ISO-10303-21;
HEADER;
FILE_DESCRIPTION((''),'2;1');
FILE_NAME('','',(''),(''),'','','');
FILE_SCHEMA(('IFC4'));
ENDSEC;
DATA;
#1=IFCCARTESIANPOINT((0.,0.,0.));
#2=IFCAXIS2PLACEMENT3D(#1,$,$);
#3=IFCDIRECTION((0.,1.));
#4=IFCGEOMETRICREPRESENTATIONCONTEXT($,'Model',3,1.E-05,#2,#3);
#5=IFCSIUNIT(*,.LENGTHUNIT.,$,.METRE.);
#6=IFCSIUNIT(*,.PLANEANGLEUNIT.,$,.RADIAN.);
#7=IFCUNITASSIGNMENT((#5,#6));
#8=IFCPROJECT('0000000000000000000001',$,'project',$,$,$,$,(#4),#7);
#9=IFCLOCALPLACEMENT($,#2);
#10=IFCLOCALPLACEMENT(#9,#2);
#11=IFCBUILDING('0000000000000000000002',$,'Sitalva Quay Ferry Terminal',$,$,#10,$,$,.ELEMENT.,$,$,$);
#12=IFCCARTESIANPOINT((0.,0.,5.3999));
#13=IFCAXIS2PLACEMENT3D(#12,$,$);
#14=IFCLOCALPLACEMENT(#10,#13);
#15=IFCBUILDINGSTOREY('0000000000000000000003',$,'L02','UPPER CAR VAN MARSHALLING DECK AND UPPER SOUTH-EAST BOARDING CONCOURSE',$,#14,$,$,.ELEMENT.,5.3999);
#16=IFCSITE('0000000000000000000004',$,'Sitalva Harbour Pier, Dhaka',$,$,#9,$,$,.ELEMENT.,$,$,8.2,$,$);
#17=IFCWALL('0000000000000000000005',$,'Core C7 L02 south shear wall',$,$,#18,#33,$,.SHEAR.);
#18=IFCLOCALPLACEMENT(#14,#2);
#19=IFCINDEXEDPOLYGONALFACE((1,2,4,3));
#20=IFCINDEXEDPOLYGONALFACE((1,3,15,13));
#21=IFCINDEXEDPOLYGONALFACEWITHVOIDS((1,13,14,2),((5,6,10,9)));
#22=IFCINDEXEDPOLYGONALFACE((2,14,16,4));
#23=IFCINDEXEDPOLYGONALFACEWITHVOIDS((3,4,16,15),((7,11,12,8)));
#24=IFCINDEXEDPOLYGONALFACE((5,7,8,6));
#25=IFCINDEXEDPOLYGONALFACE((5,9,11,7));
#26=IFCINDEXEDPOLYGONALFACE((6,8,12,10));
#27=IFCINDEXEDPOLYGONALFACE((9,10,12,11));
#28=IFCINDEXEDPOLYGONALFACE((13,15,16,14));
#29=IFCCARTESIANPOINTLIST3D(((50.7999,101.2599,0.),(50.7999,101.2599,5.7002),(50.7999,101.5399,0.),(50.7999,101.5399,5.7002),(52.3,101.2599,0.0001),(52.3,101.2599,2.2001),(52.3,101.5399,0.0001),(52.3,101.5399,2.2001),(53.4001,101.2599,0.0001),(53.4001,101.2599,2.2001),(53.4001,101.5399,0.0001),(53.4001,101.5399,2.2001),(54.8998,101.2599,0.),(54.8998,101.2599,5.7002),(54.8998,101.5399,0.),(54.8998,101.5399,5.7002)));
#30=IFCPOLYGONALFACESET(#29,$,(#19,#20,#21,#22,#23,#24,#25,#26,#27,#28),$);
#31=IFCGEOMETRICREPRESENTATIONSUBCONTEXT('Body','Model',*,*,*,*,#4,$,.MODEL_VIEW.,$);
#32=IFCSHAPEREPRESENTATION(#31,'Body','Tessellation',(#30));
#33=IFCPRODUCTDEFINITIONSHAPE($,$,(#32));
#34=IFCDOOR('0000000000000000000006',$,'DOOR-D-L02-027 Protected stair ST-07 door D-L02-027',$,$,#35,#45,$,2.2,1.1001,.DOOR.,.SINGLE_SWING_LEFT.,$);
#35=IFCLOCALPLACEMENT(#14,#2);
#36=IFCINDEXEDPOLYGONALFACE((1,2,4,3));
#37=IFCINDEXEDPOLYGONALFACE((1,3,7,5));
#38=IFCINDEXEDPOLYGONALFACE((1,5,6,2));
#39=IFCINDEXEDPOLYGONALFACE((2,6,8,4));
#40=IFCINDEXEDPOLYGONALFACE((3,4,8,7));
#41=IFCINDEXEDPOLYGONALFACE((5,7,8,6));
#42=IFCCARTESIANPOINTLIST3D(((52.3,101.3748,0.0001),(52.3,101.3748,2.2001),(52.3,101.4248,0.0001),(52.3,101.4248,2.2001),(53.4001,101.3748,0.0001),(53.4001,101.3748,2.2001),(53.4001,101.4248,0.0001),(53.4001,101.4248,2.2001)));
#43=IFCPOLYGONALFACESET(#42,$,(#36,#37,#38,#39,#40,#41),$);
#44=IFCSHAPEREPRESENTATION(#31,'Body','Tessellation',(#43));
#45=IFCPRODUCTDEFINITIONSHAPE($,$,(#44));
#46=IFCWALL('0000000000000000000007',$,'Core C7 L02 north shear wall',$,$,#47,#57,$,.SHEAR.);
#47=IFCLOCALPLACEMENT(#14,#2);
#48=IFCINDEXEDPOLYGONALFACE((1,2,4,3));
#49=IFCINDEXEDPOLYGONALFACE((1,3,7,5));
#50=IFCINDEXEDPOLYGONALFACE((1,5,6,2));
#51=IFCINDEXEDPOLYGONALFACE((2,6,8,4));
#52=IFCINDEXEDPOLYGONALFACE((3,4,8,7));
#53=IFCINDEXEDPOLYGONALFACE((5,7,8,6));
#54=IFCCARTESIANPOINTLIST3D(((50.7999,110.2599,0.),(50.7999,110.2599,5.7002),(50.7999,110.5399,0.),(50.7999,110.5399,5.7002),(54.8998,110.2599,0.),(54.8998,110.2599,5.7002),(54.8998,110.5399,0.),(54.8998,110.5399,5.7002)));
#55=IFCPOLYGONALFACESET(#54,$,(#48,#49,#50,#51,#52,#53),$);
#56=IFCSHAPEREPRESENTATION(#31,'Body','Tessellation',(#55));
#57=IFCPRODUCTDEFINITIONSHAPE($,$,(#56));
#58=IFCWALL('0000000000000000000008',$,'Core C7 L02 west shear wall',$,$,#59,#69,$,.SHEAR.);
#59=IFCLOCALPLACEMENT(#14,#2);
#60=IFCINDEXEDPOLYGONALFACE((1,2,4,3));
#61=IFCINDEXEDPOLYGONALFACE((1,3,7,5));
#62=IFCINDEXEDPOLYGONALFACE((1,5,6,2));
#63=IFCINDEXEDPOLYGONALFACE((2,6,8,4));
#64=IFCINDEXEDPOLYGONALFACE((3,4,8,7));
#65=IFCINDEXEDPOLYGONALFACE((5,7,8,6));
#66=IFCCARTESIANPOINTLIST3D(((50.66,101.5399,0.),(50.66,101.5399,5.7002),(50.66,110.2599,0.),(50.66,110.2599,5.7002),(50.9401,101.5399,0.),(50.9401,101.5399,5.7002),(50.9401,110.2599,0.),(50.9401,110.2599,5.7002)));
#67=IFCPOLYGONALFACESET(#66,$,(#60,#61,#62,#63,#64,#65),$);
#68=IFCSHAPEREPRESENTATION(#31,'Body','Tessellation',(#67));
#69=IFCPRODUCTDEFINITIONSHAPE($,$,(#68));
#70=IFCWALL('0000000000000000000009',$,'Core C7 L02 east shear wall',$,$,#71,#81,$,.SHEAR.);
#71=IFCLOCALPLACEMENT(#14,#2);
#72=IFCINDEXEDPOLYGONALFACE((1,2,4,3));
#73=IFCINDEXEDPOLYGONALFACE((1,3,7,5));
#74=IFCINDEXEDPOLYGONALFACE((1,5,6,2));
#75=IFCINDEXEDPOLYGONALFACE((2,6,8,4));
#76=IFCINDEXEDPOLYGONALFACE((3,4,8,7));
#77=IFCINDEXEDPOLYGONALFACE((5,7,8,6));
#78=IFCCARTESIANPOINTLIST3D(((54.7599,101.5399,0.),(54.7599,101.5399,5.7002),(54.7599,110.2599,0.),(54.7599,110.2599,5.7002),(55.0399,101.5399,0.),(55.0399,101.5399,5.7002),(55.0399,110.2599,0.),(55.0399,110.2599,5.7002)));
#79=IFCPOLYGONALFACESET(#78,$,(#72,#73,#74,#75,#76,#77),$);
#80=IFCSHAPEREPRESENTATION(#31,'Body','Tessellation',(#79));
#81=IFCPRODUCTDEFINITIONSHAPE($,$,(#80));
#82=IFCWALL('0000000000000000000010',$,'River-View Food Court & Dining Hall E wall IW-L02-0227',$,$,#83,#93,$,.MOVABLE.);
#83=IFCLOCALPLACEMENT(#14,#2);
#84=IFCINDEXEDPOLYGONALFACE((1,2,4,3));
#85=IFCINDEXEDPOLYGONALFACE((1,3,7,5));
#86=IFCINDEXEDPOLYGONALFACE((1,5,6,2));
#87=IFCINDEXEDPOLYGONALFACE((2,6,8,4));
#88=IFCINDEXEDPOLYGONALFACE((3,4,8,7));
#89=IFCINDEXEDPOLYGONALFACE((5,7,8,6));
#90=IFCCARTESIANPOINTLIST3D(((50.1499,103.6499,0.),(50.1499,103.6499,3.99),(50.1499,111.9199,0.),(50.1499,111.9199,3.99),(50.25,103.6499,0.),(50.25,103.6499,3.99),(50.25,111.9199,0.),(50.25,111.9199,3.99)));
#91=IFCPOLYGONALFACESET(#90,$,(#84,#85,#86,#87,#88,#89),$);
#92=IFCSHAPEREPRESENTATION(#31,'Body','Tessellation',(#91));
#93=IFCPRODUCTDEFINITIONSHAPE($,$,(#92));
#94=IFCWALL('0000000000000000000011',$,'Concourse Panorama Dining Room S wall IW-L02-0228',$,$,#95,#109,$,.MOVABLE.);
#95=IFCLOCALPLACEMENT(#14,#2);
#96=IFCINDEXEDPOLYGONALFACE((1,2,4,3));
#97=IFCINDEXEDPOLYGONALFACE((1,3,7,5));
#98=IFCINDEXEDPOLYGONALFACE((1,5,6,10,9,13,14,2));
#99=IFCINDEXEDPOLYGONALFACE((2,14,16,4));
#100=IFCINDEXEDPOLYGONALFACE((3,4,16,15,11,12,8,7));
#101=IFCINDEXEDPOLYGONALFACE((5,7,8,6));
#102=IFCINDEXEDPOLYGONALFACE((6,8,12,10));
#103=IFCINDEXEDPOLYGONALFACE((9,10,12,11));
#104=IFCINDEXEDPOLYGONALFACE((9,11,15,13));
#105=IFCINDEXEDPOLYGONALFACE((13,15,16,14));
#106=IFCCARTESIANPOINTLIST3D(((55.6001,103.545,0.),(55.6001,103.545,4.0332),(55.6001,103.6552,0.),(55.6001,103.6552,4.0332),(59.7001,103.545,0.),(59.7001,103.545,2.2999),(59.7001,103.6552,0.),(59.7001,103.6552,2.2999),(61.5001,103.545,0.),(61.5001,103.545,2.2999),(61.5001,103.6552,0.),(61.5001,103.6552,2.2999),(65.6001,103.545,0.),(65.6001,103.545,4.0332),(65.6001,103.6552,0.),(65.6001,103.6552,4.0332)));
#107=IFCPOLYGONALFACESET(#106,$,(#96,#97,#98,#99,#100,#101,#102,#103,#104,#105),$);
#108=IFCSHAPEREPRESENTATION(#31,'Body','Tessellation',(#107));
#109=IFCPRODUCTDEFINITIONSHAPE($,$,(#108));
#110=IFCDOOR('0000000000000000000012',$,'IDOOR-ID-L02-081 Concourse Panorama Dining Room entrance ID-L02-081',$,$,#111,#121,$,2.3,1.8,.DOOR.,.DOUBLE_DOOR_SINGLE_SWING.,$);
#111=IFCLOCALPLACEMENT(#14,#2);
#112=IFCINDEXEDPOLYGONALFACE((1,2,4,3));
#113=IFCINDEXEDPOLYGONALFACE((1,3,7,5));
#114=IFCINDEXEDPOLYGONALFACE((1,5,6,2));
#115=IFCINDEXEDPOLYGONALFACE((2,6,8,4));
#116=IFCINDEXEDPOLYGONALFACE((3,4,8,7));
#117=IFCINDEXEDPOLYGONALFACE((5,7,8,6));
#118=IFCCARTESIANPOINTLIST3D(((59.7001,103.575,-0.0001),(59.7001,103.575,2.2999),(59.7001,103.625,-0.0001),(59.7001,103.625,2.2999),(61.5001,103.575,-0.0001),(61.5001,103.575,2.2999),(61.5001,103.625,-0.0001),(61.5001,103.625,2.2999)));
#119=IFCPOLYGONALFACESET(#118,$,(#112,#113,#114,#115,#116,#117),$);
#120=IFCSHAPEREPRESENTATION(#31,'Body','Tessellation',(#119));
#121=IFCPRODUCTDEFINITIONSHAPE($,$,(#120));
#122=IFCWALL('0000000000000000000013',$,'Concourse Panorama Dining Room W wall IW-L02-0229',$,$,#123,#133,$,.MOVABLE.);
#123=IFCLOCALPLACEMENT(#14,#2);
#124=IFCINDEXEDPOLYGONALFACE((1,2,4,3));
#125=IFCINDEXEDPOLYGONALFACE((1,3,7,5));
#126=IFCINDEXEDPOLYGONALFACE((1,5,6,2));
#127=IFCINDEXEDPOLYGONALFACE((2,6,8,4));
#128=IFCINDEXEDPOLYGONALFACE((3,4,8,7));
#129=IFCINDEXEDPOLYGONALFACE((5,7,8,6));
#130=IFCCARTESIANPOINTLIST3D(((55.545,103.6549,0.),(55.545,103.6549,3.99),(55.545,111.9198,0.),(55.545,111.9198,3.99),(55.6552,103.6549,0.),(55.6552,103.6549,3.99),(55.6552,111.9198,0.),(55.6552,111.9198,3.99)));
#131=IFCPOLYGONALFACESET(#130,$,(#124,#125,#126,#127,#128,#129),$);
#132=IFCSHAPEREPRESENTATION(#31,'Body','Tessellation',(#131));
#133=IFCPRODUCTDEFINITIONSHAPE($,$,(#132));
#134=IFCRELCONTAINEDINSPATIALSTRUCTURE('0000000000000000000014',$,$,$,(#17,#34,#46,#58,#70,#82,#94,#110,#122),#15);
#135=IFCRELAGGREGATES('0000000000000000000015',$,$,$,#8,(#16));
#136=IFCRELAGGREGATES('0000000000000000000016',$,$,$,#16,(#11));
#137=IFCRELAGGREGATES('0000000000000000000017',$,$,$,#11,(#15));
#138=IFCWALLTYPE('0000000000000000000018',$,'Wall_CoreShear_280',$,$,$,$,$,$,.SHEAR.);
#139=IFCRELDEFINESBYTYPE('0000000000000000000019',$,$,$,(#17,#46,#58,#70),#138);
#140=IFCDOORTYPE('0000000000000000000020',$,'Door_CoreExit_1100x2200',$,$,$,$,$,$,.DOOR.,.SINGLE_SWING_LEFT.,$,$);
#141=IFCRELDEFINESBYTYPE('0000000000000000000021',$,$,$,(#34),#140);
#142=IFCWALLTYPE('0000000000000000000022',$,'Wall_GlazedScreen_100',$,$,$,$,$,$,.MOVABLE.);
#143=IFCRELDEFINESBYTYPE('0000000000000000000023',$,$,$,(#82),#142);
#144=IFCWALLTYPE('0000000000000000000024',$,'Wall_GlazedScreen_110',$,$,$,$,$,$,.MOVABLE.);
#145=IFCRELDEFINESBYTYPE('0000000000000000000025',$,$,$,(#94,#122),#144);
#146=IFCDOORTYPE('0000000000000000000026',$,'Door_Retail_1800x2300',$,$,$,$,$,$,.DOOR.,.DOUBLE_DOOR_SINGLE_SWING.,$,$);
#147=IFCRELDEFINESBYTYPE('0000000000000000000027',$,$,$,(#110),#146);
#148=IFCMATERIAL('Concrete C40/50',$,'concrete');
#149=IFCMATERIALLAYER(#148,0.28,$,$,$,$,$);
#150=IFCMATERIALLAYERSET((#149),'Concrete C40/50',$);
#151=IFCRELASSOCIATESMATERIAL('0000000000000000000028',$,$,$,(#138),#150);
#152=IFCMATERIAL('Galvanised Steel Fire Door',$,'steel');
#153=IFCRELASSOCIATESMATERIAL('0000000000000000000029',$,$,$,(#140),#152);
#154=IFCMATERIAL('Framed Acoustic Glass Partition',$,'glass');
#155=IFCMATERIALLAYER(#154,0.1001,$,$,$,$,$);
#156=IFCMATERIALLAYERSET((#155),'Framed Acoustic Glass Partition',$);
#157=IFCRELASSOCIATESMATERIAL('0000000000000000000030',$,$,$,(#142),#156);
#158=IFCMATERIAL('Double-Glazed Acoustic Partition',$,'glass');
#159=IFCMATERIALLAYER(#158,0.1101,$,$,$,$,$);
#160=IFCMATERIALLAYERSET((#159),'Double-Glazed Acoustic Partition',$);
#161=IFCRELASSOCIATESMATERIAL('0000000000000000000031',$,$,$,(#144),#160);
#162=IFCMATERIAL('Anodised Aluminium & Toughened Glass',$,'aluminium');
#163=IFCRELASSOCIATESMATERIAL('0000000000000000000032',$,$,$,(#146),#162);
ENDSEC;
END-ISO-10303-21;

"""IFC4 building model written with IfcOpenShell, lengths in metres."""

from ifc_helpers import new_model, si_unit, direction, frame, frame_2d, origin, place, context, subcontext, project, spatial, rectangle, extrude, material, layer, layer_set, type_object, element, fill, save


model = new_model("IFC4")

# Units and contexts
model_context = context("Model", 3, precision=1e-05, world=origin(), true_north=direction((0.0, 1.0)))
body_context = subcontext(model_context, "Body", "Model", "MODEL_VIEW")
ifc_project = project(units=[si_unit("LENGTHUNIT", "METRE"), si_unit("PLANEANGLEUNIT", "RADIAN")], contexts=[model_context])

# Site, building, storey
site_placement = place(None, origin())
site = spatial("IfcSite", under=ifc_project, at=site_placement, Name="Sitalva Harbour Pier, Dhaka", CompositionType="ELEMENT", RefElevation=8.2)
building_placement = place(site_placement, origin())
building = spatial("IfcBuilding", under=site, at=building_placement, Name="Sitalva Quay Ferry Terminal", CompositionType="ELEMENT")
storey_placement = place(building_placement, frame((0.0, 0.0, 5.3999)))
storey = spatial("IfcBuildingStorey", under=building, at=storey_placement, Name="L02", Description="UPPER CAR VAN MARSHALLING DECK AND UPPER SOUTH-EAST BOARDING CONCOURSE", CompositionType="ELEMENT", Elevation=5.3999)

# Wall, opening, door
ifc_material_1 = material(Name="Concrete C40/50", Category="concrete")
ifc_layer_1 = layer(ifc_material_1, 0.28)
ifc_layer_set_1 = layer_set([ifc_layer_1], Name="Concrete C40/50")
wall_type_1 = type_object("IfcWallType", Name="Wall_CoreShear_280", PredefinedType="SHEAR", material=ifc_layer_set_1)
wall_1_placement = place(storey_placement, frame((50.8, 101.3999, 0.0), z_axis=(0.0, 0.0, 1.0), x_axis=(1.0, 0.0, 0.0)))
wall_1 = element("IfcWall", 1, at=wall_1_placement, inside=storey, type_object=wall_type_1, Name="Core C7 L02 south shear wall", PredefinedType="SHEAR", context=body_context, shape_type="SweptSolid", body=[
    extrude(rectangle(XDim=4.0999, YDim=0.28, at=frame_2d((2.0498, 0.0))), origin(), (0.0, 0.0, 1.0), 5.7002),
])
opening_1_placement = place(wall_1_placement, frame((1.5, 0.0, 0.0)))
opening_1 = element("IfcOpeningElement", 2, at=opening_1_placement, cuts=wall_1, PredefinedType="OPENING", context=body_context, shape_type="SweptSolid", body=[
    extrude(rectangle(XDim=1.1001, YDim=2.2, at=frame_2d((0.55, 1.1001))), frame((0.0, 0.1499, 0.0), z_axis=(0.0, -1.0, 0.0), x_axis=(1.0, 0.0, 0.0)), (0.0, 0.0, 1.0), 0.3),
])
ifc_material_2 = material(Name="Galvanised Steel Fire Door", Category="steel")
door_type_1 = type_object("IfcDoorType", Name="Door_CoreExit_1100x2200", OperationType="SINGLE_SWING_LEFT", PredefinedType="DOOR", material=ifc_material_2)
door_1_placement = place(opening_1_placement, origin())
door_1 = element("IfcDoor", 3, at=door_1_placement, inside=storey, type_object=door_type_1, Name="DOOR-D-L02-027 Protected stair ST-07 door D-L02-027", OperationType="SINGLE_SWING_LEFT", OverallHeight=2.2, OverallWidth=1.1001, PredefinedType="DOOR", context=body_context, shape_type="SweptSolid", body=[
    extrude(rectangle(XDim=1.1001, YDim=2.2, at=frame_2d((0.55, 1.1001))), frame((0.0, 0.0249, 0.0), z_axis=(0.0, -1.0, 0.0), x_axis=(1.0, 0.0, 0.0)), (0.0, 0.0, 1.0), 0.05),
])
fill(opening_1, door_1)

# Walls
wall_2_placement = place(storey_placement, frame((50.8, 110.3999, 0.0), z_axis=(0.0, 0.0, 1.0), x_axis=(1.0, 0.0, 0.0)))
element("IfcWall", 4, at=wall_2_placement, inside=storey, type_object=wall_type_1, Name="Core C7 L02 north shear wall", PredefinedType="SHEAR", context=body_context, shape_type="SweptSolid", body=[
    extrude(rectangle(XDim=4.0999, YDim=0.28, at=frame_2d((2.0498, 0.0))), origin(), (0.0, 0.0, 1.0), 5.7002),
])
for number, where, z_axis, x_axis, name in (
    (5, (50.8, 101.54, 0.0), (0.0, 0.0, 1.0), (0.0, 1.0, 0.0), "Core C7 L02 west shear wall"),
    (6, (54.8999, 101.54, 0.0), (0.0, 0.0, 1.0), (0.0, 1.0, 0.0), "Core C7 L02 east shear wall"),
):
    element("IfcWall", number, at=place(storey_placement, frame(where, z_axis=z_axis, x_axis=x_axis)), inside=storey, type_object=wall_type_1, Name=name, PredefinedType="SHEAR", context=body_context, shape_type="SweptSolid", body=[
        extrude(rectangle(XDim=8.72, YDim=0.28, at=frame_2d((4.3599, 0.0))), origin(), (0.0, 0.0, 1.0), 5.7002),
    ])
ifc_material_3 = material(Name="Framed Acoustic Glass Partition", Category="glass")
ifc_layer_2 = layer(ifc_material_3, 0.1001)
ifc_layer_set_2 = layer_set([ifc_layer_2], Name="Framed Acoustic Glass Partition")
wall_type_2 = type_object("IfcWallType", Name="Wall_GlazedScreen_100", PredefinedType="MOVABLE", material=ifc_layer_set_2)
wall_3_placement = place(storey_placement, frame((50.2, 103.6499, 0.0), z_axis=(0.0, 0.0, 1.0), x_axis=(0.0, 1.0, 0.0)))
element("IfcWall", 7, at=wall_3_placement, inside=storey, type_object=wall_type_2, Name="River-View Food Court & Dining Hall E wall IW-L02-0227", PredefinedType="MOVABLE", context=body_context, shape_type="SweptSolid", body=[
    extrude(rectangle(XDim=8.27, YDim=0.1001, at=frame_2d((4.135, 0.0))), origin(), (0.0, 0.0, 1.0), 3.99),
])

# Wall, opening, door
ifc_material_4 = material(Name="Double-Glazed Acoustic Partition", Category="glass")
ifc_layer_3 = layer(ifc_material_4, 0.1101)
ifc_layer_set_3 = layer_set([ifc_layer_3], Name="Double-Glazed Acoustic Partition")
wall_type_3 = type_object("IfcWallType", Name="Wall_GlazedScreen_110", PredefinedType="MOVABLE", material=ifc_layer_set_3)
wall_4_placement = place(storey_placement, frame((55.6001, 103.6001, 0.0), z_axis=(0.0, 0.0, 1.0), x_axis=(1.0, 0.0, 0.0)))
wall_4 = element("IfcWall", 8, at=wall_4_placement, inside=storey, type_object=wall_type_3, Name="Concourse Panorama Dining Room S wall IW-L02-0228", PredefinedType="MOVABLE", context=body_context, shape_type="SweptSolid", body=[
    extrude(rectangle(XDim=10.0, YDim=0.1101, at=frame_2d((5.0, 0.0))), origin(), (0.0, 0.0, 1.0), 4.0332),
])
opening_2_placement = place(wall_4_placement, frame((4.1001, 0.0, 0.0)))
opening_2 = element("IfcOpeningElement", 9, at=opening_2_placement, cuts=wall_4, PredefinedType="OPENING", context=body_context, shape_type="SweptSolid", body=[
    extrude(rectangle(XDim=1.8, YDim=2.3, at=frame_2d((0.8999, 1.1499))), frame((0.0, 0.0649, 0.0), z_axis=(0.0, -1.0, 0.0), x_axis=(1.0, 0.0, 0.0)), (0.0, 0.0, 1.0), 0.1301),
])
ifc_material_5 = material(Name="Anodised Aluminium & Toughened Glass", Category="aluminium")
door_type_2 = type_object("IfcDoorType", Name="Door_Retail_1800x2300", OperationType="DOUBLE_DOOR_SINGLE_SWING", PredefinedType="DOOR", material=ifc_material_5)
door_2_placement = place(opening_2_placement, origin())
door_2 = element("IfcDoor", 10, at=door_2_placement, inside=storey, type_object=door_type_2, Name="IDOOR-ID-L02-081 Concourse Panorama Dining Room entrance ID-L02-081", OperationType="DOUBLE_DOOR_SINGLE_SWING", OverallHeight=2.3, OverallWidth=1.8, PredefinedType="DOOR", context=body_context, shape_type="SweptSolid", body=[
    extrude(rectangle(XDim=1.8, YDim=2.3, at=frame_2d((0.8999, 1.1499))), frame((0.0, 0.0249, 0.0), z_axis=(0.0, -1.0, 0.0), x_axis=(1.0, 0.0, 0.0)), (0.0, 0.0, 1.0), 0.05),
])
fill(opening_2, door_2)

# Wall
wall_5_placement = place(storey_placement, frame((55.6001, 103.655, 0.0), z_axis=(0.0, 0.0, 1.0), x_axis=(0.0, 1.0, 0.0)))
element("IfcWall", 11, at=wall_5_placement, inside=storey, type_object=wall_type_3, Name="Concourse Panorama Dining Room W wall IW-L02-0229", PredefinedType="MOVABLE", context=body_context, shape_type="SweptSolid", body=[
    extrude(rectangle(XDim=8.2649, YDim=0.1101, at=frame_2d((4.1323, 0.0))), origin(), (0.0, 0.0, 1.0), 3.99),
])

save(model, "model.ifc")
